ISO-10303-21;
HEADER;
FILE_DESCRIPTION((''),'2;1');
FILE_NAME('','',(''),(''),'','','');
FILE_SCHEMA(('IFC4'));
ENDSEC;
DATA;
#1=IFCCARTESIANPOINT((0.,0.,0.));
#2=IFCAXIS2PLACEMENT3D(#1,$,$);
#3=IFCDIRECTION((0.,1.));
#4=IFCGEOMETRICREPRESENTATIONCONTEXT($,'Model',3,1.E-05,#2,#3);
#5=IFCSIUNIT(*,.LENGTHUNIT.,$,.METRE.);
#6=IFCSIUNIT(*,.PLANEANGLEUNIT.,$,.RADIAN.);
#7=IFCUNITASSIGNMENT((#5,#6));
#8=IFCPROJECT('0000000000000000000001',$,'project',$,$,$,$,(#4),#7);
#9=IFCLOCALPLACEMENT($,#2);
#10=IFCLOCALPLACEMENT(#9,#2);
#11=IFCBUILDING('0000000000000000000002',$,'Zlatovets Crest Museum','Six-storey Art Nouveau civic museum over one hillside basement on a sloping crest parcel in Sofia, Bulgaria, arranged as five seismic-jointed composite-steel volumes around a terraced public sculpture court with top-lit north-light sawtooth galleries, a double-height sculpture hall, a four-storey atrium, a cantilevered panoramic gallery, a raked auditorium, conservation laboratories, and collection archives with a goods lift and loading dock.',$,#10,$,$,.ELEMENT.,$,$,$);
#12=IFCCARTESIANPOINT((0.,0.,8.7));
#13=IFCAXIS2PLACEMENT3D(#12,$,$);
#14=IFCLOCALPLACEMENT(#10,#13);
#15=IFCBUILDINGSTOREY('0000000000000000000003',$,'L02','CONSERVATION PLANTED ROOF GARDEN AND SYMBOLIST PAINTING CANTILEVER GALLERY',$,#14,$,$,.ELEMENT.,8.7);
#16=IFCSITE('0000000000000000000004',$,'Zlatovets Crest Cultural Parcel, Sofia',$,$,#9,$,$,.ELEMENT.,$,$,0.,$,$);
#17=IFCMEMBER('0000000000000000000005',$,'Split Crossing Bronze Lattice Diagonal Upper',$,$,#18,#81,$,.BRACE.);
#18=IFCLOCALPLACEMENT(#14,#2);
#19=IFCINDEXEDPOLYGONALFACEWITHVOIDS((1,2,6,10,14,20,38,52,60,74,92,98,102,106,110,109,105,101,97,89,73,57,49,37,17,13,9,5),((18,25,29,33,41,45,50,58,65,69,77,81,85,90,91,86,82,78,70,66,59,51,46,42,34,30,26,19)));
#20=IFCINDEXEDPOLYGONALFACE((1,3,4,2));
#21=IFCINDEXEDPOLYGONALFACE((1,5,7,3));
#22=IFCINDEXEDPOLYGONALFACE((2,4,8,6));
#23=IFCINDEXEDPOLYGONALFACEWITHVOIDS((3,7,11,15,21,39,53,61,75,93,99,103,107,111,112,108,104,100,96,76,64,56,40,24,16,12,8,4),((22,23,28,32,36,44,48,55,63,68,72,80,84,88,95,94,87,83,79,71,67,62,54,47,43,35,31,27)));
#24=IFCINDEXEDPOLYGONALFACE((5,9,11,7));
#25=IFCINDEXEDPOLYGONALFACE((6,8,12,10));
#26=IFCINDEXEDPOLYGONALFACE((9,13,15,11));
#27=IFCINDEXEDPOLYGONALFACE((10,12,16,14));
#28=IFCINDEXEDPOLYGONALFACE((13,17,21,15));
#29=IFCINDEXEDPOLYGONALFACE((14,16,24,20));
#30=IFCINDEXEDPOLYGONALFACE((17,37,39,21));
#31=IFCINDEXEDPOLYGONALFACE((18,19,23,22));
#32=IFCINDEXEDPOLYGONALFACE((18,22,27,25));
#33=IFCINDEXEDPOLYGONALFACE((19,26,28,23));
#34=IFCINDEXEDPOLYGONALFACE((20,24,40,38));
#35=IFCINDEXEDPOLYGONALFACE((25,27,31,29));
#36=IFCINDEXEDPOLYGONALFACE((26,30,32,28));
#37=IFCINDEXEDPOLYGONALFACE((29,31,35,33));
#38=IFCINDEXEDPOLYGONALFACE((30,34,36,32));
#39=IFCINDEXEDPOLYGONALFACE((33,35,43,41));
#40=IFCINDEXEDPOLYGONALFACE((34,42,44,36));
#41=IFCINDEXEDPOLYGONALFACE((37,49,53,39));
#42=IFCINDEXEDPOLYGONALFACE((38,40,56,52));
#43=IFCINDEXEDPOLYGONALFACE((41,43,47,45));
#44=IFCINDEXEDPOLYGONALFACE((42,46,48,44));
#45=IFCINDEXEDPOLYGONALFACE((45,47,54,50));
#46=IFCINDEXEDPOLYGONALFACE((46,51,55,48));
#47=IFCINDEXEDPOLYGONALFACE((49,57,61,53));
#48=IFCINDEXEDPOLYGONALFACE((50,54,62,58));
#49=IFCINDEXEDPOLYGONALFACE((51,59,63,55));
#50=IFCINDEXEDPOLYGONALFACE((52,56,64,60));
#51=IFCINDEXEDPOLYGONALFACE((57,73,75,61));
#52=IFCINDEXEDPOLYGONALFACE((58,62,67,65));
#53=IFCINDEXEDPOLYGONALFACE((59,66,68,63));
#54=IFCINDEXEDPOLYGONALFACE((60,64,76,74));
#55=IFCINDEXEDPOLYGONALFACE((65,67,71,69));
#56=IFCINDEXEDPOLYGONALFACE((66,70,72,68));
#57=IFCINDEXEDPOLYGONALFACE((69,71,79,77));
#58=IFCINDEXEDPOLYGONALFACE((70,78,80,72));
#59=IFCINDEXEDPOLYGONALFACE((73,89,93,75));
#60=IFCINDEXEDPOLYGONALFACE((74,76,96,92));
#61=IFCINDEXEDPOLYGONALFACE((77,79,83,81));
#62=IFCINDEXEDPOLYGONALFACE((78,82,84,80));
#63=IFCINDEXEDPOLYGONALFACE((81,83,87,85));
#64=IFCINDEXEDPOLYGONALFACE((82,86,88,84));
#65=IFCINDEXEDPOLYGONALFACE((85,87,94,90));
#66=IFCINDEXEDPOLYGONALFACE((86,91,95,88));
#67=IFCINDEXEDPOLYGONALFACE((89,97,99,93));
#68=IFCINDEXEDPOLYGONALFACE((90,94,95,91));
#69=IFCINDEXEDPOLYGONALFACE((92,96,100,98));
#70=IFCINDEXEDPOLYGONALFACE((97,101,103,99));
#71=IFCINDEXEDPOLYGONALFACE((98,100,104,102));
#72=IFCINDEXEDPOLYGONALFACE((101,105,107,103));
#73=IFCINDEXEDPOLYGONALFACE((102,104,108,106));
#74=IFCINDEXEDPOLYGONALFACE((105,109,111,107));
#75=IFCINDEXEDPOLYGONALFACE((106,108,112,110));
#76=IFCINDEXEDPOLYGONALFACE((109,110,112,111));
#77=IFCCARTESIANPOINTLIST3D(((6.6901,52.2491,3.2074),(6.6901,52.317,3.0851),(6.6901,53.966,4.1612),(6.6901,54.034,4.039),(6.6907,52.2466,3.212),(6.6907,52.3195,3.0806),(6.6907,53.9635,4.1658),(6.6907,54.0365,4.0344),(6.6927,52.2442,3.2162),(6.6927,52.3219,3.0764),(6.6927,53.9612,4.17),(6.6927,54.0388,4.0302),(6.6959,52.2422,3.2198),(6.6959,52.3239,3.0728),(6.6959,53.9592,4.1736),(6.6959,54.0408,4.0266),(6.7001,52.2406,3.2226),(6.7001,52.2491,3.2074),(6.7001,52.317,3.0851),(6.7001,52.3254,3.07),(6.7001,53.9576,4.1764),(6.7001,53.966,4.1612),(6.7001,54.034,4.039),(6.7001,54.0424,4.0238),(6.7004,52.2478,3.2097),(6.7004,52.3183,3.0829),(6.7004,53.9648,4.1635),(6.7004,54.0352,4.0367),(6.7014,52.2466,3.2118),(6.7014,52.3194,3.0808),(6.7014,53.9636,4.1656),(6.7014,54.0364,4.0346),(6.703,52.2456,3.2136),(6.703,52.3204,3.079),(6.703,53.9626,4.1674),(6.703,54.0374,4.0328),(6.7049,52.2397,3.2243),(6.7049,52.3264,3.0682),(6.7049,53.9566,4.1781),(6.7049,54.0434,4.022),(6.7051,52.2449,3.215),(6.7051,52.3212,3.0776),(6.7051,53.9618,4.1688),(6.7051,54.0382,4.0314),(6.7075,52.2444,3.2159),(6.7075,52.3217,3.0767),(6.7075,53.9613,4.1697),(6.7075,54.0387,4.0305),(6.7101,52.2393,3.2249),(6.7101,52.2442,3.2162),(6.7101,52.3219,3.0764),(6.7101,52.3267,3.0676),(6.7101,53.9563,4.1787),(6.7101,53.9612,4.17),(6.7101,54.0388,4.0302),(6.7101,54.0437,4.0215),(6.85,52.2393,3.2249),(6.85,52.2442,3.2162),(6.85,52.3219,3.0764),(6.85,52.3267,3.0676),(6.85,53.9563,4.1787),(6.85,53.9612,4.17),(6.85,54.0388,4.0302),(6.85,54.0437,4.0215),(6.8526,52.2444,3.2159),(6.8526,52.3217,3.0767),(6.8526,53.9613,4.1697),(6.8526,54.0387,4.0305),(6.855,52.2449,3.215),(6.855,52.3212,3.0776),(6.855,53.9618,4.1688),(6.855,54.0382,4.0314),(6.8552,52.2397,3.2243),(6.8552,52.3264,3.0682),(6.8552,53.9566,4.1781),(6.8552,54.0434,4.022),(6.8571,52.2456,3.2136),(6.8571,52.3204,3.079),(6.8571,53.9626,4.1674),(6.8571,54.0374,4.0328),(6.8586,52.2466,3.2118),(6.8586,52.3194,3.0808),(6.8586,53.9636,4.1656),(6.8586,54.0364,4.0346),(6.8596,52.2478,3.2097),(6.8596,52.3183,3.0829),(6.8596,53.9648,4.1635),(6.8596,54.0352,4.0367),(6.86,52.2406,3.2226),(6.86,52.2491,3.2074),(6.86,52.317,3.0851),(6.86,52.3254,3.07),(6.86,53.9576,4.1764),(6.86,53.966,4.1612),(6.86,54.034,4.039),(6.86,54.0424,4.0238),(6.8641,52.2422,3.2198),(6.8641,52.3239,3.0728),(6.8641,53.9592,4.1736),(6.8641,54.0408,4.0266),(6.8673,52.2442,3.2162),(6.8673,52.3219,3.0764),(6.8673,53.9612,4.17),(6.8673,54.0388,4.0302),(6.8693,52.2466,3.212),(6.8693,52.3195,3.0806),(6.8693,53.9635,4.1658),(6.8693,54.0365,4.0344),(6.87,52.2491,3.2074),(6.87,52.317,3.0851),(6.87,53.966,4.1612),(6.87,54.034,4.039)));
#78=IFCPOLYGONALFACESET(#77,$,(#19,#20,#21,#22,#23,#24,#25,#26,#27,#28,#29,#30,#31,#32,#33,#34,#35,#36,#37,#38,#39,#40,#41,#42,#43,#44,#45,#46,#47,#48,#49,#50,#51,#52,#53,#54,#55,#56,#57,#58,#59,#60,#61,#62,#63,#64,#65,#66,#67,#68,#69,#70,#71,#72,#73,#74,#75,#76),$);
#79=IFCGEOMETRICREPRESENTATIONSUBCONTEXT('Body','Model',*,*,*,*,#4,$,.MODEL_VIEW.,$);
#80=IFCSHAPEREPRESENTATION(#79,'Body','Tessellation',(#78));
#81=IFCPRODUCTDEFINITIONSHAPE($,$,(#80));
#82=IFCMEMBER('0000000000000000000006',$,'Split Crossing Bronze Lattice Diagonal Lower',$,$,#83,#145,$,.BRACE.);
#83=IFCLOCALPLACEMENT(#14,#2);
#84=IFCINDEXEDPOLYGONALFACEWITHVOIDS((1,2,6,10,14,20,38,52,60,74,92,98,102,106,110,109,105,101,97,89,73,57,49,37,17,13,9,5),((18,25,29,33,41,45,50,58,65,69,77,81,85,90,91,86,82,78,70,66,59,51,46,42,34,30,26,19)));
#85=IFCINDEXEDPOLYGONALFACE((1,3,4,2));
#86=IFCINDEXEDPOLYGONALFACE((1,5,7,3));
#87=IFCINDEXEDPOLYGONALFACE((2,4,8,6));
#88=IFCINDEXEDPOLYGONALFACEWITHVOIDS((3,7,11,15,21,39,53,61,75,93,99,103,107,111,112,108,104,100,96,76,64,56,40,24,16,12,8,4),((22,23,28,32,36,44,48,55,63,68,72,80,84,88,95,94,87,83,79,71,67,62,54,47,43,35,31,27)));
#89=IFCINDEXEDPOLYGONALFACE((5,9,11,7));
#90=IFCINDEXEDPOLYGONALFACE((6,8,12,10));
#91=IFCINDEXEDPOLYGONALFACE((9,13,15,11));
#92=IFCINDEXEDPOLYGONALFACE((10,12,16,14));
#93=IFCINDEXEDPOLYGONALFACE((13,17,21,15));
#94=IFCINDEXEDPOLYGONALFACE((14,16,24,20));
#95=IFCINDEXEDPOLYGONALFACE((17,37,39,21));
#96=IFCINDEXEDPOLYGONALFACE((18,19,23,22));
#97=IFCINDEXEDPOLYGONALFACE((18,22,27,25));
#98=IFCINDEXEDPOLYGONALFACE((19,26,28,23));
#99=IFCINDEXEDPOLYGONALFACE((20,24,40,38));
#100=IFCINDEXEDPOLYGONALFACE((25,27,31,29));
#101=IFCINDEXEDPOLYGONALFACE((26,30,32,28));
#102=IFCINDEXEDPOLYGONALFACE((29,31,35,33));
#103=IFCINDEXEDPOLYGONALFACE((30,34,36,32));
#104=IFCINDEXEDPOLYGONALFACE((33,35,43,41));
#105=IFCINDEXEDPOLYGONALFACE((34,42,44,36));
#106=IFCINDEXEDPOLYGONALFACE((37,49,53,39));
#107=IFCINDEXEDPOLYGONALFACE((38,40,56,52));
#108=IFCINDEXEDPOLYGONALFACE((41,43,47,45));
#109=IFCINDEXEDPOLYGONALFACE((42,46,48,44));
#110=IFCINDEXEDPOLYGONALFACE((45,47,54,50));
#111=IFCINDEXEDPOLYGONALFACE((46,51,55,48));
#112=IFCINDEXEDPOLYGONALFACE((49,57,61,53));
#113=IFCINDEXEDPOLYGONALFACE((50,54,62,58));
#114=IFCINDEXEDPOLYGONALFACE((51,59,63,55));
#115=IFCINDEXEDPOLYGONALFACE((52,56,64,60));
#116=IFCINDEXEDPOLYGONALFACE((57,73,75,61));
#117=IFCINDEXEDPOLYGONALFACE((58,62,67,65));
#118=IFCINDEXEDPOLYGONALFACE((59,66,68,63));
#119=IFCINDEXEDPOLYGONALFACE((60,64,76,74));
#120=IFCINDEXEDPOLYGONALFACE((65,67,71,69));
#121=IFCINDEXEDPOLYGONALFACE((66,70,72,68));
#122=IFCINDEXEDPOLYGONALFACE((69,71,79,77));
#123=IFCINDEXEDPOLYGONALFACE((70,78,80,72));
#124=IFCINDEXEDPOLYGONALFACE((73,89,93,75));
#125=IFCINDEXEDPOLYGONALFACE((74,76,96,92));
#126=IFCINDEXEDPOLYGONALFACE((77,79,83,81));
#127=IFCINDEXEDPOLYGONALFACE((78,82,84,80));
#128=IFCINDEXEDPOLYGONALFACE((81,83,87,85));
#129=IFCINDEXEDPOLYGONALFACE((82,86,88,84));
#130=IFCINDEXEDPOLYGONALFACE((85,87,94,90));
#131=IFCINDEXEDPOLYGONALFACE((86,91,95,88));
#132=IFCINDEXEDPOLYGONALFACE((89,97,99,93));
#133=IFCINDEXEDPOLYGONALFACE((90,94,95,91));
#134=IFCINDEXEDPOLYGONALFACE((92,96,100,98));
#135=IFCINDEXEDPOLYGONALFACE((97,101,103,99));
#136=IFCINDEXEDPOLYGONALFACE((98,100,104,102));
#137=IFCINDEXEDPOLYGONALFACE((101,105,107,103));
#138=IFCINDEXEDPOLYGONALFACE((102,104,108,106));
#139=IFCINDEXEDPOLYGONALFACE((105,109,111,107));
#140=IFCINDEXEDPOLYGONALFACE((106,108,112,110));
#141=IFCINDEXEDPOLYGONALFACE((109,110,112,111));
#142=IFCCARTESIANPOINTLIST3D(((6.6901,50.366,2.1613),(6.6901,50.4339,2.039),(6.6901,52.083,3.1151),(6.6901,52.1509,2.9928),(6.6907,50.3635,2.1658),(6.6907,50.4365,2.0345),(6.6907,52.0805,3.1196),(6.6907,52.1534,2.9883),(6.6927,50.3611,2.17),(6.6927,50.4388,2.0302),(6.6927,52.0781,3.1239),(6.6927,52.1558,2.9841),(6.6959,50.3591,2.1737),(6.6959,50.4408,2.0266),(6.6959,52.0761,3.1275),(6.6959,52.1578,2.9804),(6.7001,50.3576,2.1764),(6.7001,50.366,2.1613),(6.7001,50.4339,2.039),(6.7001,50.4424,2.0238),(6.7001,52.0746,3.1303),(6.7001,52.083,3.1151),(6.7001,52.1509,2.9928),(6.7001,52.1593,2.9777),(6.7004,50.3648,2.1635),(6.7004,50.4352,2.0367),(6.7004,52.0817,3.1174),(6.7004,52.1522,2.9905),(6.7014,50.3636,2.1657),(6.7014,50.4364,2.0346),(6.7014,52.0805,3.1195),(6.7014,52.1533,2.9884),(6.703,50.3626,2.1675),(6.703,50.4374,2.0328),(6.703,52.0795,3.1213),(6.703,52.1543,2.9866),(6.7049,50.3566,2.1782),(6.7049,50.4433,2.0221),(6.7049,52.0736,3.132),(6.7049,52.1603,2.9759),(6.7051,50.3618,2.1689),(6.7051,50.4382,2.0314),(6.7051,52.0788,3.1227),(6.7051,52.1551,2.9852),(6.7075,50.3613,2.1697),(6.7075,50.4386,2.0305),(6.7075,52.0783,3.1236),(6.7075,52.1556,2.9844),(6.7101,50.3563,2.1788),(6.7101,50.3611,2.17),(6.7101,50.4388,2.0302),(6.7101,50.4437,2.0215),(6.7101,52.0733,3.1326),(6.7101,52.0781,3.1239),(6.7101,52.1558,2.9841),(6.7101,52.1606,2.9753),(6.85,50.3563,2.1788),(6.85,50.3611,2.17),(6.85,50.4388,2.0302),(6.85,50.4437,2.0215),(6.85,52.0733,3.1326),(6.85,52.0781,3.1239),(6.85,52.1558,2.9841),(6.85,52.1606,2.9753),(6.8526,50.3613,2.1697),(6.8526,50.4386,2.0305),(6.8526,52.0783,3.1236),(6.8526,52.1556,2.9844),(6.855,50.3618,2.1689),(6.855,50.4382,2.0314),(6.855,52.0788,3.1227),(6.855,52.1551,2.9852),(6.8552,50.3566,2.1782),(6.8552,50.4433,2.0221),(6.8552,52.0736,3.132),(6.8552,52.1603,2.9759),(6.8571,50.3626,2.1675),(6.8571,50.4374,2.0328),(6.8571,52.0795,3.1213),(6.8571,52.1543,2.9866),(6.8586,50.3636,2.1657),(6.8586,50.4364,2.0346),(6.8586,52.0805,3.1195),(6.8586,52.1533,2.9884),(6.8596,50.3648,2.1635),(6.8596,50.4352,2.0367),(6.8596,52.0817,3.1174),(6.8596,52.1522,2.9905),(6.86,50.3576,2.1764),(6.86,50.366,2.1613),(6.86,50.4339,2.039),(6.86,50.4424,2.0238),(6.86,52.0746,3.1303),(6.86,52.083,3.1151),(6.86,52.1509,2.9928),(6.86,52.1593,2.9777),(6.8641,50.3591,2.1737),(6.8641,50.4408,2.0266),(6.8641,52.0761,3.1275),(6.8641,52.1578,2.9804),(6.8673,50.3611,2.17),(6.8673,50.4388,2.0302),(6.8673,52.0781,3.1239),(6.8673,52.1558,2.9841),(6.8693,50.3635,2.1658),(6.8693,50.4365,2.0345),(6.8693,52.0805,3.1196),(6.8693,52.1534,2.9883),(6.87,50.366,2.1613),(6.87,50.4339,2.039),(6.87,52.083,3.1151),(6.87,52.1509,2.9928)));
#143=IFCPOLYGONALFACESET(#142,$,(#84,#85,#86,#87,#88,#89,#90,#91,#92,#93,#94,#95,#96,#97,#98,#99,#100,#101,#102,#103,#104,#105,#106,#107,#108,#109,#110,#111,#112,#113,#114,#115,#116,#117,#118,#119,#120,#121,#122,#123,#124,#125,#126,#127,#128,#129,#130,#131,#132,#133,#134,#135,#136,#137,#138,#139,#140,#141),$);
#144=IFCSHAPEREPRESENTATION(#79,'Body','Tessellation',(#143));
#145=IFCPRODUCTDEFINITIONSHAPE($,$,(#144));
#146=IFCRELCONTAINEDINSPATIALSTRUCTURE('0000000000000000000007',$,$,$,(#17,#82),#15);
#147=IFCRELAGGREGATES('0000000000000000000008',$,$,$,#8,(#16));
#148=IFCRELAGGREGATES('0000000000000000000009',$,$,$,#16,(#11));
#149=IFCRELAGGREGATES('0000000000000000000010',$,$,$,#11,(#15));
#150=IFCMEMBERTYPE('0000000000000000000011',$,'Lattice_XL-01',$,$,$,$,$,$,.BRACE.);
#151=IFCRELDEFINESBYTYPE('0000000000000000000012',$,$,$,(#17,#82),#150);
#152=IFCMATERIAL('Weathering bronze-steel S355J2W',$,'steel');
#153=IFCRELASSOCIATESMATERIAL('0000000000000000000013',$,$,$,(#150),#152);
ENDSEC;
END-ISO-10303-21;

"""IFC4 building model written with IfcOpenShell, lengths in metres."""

from ifc_helpers import new_model, si_unit, direction, frame, origin, origin_2d, place, context, subcontext, project, spatial, hollow_rectangle, extrude, material, material_profile, profile_set, type_object, element, save


model = new_model("IFC4")

# Units and contexts
model_context = context("Model", 3, precision=1e-05, world=origin(), true_north=direction((0.0, 1.0)))
body_context = subcontext(model_context, "Body", "Model", "MODEL_VIEW")
ifc_project = project(units=[si_unit("LENGTHUNIT", "METRE"), si_unit("PLANEANGLEUNIT", "RADIAN")], contexts=[model_context])

# Site, building, storey
site_placement = place(None, origin())
site = spatial("IfcSite", under=ifc_project, at=site_placement, Name="Zlatovets Crest Cultural Parcel, Sofia", CompositionType="ELEMENT", RefElevation=0.0)
building_placement = place(site_placement, origin())
building = spatial("IfcBuilding", under=site, at=building_placement, Name="Zlatovets Crest Museum", Description="Six-storey Art Nouveau civic museum over one hillside basement on a sloping crest parcel in Sofia, Bulgaria, arranged as five seismic-jointed composite-steel volumes around a terraced public sculpture court with top-lit north-light sawtooth galleries, a double-height sculpture hall, a four-storey atrium, a cantilevered panoramic gallery, a raked auditorium, conservation laboratories, and collection archives with a goods lift and loading dock.", CompositionType="ELEMENT")
storey_placement = place(building_placement, frame((0.0, 0.0, 8.7)))
storey = spatial("IfcBuildingStorey", under=building, at=storey_placement, Name="L02", Description="CONSERVATION PLANTED ROOF GARDEN AND SYMBOLIST PAINTING CANTILEVER GALLERY", CompositionType="ELEMENT", Elevation=8.7)

# Members
ifc_material_1 = material(Name="Weathering bronze-steel S355J2W", Category="steel")
ifc_material_profile_1 = material_profile(ifc_material_1, hollow_rectangle(XDim=0.1799, YDim=0.1799, WallThickness=0.01, InnerFilletRadius=0.01, OuterFilletRadius=0.02, at=origin_2d()), Name="SHS 180x180x10.0")
ifc_profile_set_1 = profile_set([ifc_material_profile_1], Name="Weathering bronze-steel S355J2W")
member_type_1 = type_object("IfcMemberType", Name="Lattice_XL-01", PredefinedType="BRACE", material=ifc_profile_set_1)
for number, where, z_axis, x_axis, name in (
    (1, (6.78, 54.0, 4.1001), (0.0, -0.874169, -0.485622), (1.0, 0.0, 0.0), "Split Crossing Bronze Lattice Diagonal Upper"),
    (2, (6.78, 52.1169, 3.054), (0.0, -0.874169, -0.485622), (1.0, 0.0, 0.0), "Split Crossing Bronze Lattice Diagonal Lower"),
):
    element("IfcMember", number, at=place(storey_placement, frame(where, z_axis=z_axis, x_axis=x_axis)), inside=storey, type_object=member_type_1, Name=name, PredefinedType="BRACE", context=body_context, shape_type="SweptSolid", body=[
        extrude(hollow_rectangle(XDim=0.1799, YDim=0.1799, WallThickness=0.01, InnerFilletRadius=0.01, OuterFilletRadius=0.02, at=origin_2d()), origin(), (0.0, 0.0, 1.0), 1.9641),
    ])

save(model, "model.ifc")
